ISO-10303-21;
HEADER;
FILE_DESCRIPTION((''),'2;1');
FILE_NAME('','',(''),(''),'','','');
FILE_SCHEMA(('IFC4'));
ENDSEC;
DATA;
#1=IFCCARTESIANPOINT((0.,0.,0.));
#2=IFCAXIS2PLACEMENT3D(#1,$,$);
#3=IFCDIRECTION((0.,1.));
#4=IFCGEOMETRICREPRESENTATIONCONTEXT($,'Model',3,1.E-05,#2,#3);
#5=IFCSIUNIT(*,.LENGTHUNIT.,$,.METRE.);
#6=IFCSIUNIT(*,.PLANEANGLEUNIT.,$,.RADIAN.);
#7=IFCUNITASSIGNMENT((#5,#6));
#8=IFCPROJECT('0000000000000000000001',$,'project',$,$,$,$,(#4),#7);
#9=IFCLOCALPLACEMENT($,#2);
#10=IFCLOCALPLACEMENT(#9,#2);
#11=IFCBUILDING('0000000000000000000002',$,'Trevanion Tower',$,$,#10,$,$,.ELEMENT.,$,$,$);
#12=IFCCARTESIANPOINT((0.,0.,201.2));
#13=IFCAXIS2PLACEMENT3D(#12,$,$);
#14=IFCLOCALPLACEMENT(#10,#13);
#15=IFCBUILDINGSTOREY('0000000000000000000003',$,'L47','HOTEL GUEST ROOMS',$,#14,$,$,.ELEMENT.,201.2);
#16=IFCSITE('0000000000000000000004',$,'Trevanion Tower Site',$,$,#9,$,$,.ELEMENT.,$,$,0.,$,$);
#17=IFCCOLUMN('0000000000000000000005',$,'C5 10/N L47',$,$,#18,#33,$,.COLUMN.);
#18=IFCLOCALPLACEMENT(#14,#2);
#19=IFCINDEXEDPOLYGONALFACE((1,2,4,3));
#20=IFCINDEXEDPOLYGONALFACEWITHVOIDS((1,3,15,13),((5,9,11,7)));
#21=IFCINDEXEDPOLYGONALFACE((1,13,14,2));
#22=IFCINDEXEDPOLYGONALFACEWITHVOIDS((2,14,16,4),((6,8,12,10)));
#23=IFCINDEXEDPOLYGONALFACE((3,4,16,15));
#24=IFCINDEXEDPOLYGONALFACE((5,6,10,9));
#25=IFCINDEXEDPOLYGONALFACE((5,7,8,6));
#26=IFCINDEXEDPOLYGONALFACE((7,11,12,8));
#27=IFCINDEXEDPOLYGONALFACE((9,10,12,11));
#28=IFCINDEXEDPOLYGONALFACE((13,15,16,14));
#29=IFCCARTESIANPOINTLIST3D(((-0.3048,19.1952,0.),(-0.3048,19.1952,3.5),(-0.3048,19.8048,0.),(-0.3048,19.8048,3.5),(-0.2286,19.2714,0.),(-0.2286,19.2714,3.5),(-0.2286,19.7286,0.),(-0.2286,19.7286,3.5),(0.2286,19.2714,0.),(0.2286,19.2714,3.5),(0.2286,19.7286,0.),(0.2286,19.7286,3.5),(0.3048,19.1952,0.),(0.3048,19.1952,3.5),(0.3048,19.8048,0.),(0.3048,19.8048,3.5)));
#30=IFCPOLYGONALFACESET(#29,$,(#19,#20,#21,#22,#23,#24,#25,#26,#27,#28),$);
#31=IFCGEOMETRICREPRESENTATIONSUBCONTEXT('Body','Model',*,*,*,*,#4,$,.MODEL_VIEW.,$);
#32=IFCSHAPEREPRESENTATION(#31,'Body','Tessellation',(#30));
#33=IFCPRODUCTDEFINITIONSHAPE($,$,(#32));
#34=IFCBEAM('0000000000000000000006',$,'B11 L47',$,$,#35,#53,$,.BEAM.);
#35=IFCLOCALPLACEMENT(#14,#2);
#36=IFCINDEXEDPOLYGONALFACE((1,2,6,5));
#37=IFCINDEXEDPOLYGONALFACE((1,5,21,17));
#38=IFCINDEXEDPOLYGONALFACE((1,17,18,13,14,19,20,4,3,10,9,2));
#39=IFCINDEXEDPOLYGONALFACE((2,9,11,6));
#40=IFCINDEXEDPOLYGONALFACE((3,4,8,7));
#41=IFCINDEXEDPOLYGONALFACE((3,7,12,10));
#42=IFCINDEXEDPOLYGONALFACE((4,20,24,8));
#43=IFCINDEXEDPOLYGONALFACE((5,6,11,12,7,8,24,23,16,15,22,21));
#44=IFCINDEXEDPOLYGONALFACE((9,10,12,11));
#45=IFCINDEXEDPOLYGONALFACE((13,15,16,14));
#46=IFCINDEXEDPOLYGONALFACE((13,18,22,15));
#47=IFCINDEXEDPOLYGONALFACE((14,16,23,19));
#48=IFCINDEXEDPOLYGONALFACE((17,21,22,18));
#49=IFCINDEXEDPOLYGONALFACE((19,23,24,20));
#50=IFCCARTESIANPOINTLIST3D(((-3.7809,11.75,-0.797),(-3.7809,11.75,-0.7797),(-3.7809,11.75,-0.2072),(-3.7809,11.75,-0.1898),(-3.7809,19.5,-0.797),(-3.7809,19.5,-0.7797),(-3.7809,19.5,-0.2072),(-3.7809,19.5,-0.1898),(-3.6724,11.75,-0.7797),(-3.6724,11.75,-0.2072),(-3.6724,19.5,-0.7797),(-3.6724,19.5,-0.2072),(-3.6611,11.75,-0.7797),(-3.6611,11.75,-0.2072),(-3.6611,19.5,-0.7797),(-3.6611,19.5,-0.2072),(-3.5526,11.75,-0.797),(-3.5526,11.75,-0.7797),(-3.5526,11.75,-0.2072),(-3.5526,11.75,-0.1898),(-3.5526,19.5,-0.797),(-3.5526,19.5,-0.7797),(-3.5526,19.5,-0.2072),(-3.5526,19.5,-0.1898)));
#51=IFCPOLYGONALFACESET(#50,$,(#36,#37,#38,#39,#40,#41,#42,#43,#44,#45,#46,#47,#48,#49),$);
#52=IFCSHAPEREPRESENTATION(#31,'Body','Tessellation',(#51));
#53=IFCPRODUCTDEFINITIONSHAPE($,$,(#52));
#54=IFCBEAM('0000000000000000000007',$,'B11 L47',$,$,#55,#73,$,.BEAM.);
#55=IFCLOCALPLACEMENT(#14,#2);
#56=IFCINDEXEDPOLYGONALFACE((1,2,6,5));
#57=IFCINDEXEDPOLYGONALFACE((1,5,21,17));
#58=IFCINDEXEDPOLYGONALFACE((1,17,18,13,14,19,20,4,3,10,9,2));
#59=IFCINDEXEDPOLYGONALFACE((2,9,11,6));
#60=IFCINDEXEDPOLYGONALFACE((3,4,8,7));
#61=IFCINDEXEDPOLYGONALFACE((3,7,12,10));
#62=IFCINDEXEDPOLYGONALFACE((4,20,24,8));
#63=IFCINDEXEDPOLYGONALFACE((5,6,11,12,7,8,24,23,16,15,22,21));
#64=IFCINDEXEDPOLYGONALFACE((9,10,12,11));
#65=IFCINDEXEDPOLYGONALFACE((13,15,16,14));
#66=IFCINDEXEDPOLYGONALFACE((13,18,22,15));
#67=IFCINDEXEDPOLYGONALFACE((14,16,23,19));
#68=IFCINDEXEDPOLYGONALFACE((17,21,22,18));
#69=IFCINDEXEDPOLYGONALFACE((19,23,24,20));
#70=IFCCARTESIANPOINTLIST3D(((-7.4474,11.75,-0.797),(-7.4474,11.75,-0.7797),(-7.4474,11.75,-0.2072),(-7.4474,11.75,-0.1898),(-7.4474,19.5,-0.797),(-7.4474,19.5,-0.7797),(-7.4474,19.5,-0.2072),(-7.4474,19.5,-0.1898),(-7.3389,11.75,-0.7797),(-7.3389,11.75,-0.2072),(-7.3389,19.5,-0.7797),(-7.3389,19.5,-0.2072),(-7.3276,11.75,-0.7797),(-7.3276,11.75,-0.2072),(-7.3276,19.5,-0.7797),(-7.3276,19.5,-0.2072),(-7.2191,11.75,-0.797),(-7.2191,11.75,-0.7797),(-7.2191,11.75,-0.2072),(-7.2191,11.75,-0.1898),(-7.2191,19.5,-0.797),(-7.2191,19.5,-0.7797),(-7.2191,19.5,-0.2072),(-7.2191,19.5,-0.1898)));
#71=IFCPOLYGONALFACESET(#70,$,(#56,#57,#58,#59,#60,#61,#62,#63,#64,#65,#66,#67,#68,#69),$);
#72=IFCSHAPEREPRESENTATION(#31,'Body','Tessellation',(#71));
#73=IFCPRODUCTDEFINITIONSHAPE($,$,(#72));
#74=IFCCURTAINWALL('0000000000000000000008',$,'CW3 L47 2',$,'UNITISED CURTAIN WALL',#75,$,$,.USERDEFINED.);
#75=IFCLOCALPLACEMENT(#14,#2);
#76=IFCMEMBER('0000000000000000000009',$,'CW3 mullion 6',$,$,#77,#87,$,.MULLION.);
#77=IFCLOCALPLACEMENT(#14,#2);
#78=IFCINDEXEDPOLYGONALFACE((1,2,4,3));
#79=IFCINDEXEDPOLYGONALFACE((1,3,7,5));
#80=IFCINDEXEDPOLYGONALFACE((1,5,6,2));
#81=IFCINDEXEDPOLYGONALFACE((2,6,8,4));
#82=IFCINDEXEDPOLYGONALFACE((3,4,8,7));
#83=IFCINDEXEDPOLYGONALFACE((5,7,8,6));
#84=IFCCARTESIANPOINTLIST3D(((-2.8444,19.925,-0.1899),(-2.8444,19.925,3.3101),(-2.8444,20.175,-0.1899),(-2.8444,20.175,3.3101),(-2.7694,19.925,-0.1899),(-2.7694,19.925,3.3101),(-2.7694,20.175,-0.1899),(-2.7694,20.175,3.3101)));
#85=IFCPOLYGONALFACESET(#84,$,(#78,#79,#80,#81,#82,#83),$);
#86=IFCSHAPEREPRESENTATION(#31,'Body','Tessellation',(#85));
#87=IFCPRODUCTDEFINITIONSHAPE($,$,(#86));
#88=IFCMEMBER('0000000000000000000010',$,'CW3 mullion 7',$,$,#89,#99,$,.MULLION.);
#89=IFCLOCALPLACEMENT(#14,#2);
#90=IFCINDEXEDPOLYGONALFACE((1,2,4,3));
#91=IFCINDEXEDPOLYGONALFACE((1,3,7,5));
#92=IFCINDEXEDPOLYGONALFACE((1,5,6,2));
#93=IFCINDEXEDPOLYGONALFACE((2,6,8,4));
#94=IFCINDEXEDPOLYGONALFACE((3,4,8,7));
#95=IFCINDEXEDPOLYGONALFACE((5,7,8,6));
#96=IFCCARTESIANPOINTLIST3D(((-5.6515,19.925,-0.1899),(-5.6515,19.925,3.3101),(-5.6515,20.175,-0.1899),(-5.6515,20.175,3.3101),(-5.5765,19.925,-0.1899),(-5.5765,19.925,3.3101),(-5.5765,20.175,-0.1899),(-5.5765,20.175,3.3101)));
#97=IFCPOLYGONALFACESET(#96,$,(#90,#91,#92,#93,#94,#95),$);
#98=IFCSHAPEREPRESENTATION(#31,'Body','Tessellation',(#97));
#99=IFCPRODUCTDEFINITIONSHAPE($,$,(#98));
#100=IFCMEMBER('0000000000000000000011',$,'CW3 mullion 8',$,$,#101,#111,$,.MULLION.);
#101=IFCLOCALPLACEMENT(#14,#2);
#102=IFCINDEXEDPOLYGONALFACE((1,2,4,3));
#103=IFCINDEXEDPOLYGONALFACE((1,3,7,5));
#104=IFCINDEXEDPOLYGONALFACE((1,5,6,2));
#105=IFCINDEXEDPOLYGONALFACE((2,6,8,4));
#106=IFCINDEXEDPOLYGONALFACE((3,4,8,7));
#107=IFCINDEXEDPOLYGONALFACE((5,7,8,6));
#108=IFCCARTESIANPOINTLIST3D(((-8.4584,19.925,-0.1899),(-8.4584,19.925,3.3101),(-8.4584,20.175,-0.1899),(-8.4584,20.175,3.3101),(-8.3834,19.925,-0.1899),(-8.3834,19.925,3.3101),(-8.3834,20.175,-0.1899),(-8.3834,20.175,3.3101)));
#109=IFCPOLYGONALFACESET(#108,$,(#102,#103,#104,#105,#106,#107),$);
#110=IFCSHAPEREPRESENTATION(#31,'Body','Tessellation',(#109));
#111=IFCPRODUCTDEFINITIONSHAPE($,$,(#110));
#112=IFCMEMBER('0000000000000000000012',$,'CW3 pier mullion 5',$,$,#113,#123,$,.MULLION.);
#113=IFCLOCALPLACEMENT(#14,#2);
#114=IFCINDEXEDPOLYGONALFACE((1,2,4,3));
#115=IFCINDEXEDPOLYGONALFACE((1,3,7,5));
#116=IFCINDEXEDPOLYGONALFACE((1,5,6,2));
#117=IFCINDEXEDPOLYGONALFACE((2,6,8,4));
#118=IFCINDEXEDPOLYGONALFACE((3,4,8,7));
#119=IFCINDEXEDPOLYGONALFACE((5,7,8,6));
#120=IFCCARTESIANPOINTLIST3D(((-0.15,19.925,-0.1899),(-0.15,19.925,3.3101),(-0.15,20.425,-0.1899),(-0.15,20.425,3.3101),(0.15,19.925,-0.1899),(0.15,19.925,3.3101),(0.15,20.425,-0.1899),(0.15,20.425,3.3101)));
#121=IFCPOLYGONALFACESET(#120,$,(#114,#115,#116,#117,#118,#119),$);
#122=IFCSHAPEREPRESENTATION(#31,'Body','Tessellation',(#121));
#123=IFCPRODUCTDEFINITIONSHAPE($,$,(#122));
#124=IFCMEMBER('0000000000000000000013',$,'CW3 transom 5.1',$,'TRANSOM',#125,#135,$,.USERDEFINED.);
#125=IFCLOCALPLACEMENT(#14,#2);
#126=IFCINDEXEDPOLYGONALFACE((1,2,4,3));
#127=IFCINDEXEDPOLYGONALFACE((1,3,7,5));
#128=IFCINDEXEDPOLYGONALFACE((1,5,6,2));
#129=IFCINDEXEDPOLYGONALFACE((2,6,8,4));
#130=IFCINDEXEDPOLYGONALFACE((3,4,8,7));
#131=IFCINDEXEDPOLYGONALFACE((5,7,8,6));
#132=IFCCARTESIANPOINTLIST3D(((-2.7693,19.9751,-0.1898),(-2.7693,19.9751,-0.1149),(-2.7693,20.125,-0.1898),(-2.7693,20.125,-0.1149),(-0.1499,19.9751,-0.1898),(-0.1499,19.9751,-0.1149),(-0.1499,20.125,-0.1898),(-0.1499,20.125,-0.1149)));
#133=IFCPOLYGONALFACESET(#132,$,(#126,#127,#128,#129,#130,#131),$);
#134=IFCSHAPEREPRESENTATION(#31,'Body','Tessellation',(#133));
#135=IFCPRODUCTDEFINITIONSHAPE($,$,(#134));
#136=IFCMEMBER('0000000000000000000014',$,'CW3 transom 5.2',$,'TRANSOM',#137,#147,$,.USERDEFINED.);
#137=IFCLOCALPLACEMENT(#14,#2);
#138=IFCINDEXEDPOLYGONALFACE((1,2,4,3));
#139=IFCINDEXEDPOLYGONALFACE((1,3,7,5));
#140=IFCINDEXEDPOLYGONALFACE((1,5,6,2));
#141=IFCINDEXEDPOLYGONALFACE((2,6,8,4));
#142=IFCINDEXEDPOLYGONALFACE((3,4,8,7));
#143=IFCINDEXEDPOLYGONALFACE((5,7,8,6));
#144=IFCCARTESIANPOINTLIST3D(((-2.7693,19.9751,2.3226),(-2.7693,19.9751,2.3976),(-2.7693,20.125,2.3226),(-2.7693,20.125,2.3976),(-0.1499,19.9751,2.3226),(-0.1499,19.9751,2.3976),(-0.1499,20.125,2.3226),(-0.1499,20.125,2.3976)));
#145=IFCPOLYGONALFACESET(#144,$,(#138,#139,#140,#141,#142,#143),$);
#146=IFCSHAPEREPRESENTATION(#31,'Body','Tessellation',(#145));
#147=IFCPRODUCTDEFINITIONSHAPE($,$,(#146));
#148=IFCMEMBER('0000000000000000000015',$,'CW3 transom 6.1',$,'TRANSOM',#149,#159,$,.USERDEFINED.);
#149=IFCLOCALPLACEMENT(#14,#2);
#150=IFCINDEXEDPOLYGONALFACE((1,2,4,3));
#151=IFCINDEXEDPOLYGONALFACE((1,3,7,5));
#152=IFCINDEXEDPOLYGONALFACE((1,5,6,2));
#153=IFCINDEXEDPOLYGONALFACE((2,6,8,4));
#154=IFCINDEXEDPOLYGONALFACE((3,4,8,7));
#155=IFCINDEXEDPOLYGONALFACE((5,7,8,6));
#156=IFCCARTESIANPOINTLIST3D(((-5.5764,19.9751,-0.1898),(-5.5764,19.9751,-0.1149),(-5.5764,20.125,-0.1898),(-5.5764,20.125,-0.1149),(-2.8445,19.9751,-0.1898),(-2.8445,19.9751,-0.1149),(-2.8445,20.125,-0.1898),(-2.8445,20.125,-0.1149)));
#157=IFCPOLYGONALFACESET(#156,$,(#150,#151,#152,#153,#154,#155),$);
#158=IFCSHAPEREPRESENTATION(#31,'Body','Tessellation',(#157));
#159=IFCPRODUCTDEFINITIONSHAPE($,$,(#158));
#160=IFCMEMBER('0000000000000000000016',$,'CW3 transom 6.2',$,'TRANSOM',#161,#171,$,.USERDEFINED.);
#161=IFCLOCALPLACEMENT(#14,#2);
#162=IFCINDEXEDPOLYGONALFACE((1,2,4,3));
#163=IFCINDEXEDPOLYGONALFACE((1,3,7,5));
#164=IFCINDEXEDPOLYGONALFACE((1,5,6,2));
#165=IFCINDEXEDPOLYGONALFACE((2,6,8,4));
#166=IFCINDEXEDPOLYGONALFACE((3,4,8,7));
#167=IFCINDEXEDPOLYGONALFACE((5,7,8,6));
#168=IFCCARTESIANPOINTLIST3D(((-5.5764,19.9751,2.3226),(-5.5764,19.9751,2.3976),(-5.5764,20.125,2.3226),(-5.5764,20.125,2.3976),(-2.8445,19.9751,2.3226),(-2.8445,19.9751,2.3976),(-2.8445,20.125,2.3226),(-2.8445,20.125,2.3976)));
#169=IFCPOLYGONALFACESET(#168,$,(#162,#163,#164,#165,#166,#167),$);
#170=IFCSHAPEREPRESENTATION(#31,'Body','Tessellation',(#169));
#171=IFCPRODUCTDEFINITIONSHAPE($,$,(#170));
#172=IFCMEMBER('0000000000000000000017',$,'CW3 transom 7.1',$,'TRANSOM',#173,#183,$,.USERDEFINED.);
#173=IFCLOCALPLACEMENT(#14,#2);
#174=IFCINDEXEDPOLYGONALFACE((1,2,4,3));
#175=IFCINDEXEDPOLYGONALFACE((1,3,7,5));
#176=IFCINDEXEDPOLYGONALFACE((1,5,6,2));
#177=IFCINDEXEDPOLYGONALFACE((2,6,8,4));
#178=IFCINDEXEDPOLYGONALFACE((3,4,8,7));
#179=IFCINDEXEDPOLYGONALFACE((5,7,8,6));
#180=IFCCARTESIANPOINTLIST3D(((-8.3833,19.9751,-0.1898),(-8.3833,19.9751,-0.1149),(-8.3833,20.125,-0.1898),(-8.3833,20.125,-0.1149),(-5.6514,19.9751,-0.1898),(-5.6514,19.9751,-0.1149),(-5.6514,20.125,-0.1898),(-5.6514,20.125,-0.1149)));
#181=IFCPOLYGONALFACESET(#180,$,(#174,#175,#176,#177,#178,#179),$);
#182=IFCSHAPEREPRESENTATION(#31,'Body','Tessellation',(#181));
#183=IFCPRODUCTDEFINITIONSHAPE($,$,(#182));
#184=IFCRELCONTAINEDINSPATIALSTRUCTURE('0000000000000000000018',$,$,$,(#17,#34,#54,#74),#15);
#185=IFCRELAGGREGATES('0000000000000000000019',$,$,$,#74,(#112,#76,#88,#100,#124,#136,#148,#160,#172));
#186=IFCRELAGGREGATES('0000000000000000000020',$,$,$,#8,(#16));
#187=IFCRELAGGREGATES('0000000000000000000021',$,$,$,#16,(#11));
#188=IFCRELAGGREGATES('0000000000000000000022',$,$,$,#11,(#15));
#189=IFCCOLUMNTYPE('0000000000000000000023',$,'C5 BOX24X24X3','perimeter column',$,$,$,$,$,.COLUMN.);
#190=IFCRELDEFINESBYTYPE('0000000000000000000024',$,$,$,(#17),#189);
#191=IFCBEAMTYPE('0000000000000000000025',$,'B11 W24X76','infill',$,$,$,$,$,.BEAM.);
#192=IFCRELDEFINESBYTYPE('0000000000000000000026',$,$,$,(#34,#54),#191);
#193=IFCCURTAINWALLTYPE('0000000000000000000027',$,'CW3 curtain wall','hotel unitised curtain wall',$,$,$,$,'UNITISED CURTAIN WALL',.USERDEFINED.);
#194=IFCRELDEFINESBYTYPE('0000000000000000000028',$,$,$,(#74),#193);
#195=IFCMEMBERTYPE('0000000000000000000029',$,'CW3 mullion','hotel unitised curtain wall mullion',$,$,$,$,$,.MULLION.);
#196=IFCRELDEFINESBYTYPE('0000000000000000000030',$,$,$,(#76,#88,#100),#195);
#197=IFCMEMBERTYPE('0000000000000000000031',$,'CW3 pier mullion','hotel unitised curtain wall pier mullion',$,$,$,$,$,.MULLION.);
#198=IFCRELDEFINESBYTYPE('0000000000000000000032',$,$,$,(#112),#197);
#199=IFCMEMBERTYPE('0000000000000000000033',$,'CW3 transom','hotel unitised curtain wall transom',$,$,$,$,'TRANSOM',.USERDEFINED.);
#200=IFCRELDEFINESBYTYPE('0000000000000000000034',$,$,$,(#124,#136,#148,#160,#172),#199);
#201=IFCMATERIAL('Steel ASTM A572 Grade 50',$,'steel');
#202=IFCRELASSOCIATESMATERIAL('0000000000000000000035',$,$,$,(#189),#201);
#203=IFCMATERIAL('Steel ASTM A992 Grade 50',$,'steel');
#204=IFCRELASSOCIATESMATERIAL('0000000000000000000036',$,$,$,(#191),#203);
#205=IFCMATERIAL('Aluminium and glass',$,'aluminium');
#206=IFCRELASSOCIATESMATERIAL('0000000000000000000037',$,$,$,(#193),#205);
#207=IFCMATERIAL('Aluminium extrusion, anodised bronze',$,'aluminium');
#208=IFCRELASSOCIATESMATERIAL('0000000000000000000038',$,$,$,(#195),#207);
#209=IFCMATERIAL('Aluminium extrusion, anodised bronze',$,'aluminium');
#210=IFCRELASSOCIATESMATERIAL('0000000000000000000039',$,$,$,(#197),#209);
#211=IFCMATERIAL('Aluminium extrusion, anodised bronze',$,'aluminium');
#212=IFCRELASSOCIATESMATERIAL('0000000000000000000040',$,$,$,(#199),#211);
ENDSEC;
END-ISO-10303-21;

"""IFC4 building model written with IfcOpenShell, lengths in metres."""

from ifc_helpers import new_model, si_unit, direction, frame, origin, origin_2d, place, context, subcontext, project, spatial, rectangle, hollow_rectangle, i_section, extrude, material, material_profile, profile_set, type_object, element, aggregate, save


model = new_model("IFC4")

# Units and contexts
model_context = context("Model", 3, precision=1e-05, world=origin(), true_north=direction((0.0, 1.0)))
body_context = subcontext(model_context, "Body", "Model", "MODEL_VIEW")
ifc_project = project(units=[si_unit("LENGTHUNIT", "METRE"), si_unit("PLANEANGLEUNIT", "RADIAN")], contexts=[model_context])

# Site, building, storey
site_placement = place(None, origin())
site = spatial("IfcSite", under=ifc_project, at=site_placement, Name="Trevanion Tower Site", CompositionType="ELEMENT", RefElevation=0.0)
building_placement = place(site_placement, origin())
building = spatial("IfcBuilding", under=site, at=building_placement, Name="Trevanion Tower", CompositionType="ELEMENT")
storey_placement = place(building_placement, frame((0.0, 0.0, 201.2)))
storey = spatial("IfcBuildingStorey", under=building, at=storey_placement, Name="L47", Description="HOTEL GUEST ROOMS", CompositionType="ELEMENT", Elevation=201.2)

# Column
ifc_material_1 = material(Name="Steel ASTM A572 Grade 50", Category="steel")
ifc_material_profile_1 = material_profile(ifc_material_1, hollow_rectangle(XDim=0.6096, YDim=0.6096, WallThickness=0.0762, at=origin_2d()), Name="BOX24X24X3")
ifc_profile_set_1 = profile_set([ifc_material_profile_1], Name="Steel ASTM A572 Grade 50")
column_type = type_object("IfcColumnType", Name="C5 BOX24X24X3", Description="perimeter column", PredefinedType="COLUMN", material=ifc_profile_set_1)
column_placement = place(storey_placement, frame((0.0, 19.5, 0.0), z_axis=(0.0, 0.0, 1.0), x_axis=(1.0, 0.0, 0.0)))
element("IfcColumn", 1, at=column_placement, inside=storey, type_object=column_type, Name="C5 10/N L47", PredefinedType="COLUMN", context=body_context, shape_type="SweptSolid", body=[
    extrude(hollow_rectangle(XDim=0.6096, YDim=0.6096, WallThickness=0.0762, at=origin_2d()), origin(), (0.0, 0.0, 1.0), 3.5),
])

# Beams
ifc_material_2 = material(Name="Steel ASTM A992 Grade 50", Category="steel")
ifc_material_profile_2 = material_profile(ifc_material_2, i_section(OverallWidth=0.2283, OverallDepth=0.6072, WebThickness=0.0112, FlangeThickness=0.0173, at=origin_2d()), Name="W24X76")
ifc_profile_set_2 = profile_set([ifc_material_profile_2], Name="Steel ASTM A992 Grade 50")
beam_type_1 = type_object("IfcBeamType", Name="B11 W24X76", Description="infill", PredefinedType="BEAM", material=ifc_profile_set_2)
for number, where, z_axis, x_axis, name in (
    (2, (-3.6667, 11.75, -0.4934), (0.0, 1.0, 0.0), (-1.0, 0.0, 0.0), "B11 L47"),
    (3, (-7.3333, 11.75, -0.4934), (0.0, 1.0, 0.0), (-1.0, 0.0, 0.0), "B11 L47"),
):
    element("IfcBeam", number, at=place(storey_placement, frame(where, z_axis=z_axis, x_axis=x_axis)), inside=storey, type_object=beam_type_1, Name=name, PredefinedType="BEAM", context=body_context, shape_type="SweptSolid", body=[
        extrude(i_section(OverallWidth=0.2283, OverallDepth=0.6072, WebThickness=0.0112, FlangeThickness=0.0173, at=origin_2d()), origin(), (0.0, 0.0, 1.0), 7.75),
    ])

# Curtain wall, members
ifc_material_3 = material(Name="Aluminium and glass", Category="aluminium")
curtain_wall_type = type_object("IfcCurtainWallType", Name="CW3 curtain wall", Description="hotel unitised curtain wall", ElementType="UNITISED CURTAIN WALL", PredefinedType="USERDEFINED", material=ifc_material_3)
curtain_wall_placement = place(storey_placement, origin())
curtain_wall = element("IfcCurtainWall", 4, at=curtain_wall_placement, inside=storey, type_object=curtain_wall_type, Name="CW3 L47 2", ObjectType="UNITISED CURTAIN WALL", PredefinedType="USERDEFINED")
ifc_material_4 = material(Name="Aluminium extrusion, anodised bronze", Category="aluminium")
ifc_material_profile_3 = material_profile(ifc_material_4, rectangle(XDim=0.075, YDim=0.25, at=origin_2d()), Name="CW3 mullion")
ifc_profile_set_3 = profile_set([ifc_material_profile_3], Name="Aluminium extrusion, anodised bronze")
member_type_1 = type_object("IfcMemberType", Name="CW3 mullion", Description="hotel unitised curtain wall mullion", PredefinedType="MULLION", material=ifc_profile_set_3)
member_1_placement = place(storey_placement, frame((-2.8069, 20.05, -0.1899), z_axis=(0.0, 0.0, 1.0), x_axis=(-1.0, 0.0, 0.0)))
member_1 = element("IfcMember", 5, at=member_1_placement, type_object=member_type_1, Name="CW3 mullion 6", PredefinedType="MULLION", context=body_context, shape_type="SweptSolid", body=[
    extrude(rectangle(XDim=0.075, YDim=0.25, at=origin_2d()), origin(), (0.0, 0.0, 1.0), 3.5),
])
member_2_placement = place(storey_placement, frame((-5.614, 20.05, -0.1899), z_axis=(0.0, 0.0, 1.0), x_axis=(-1.0, 0.0, 0.0)))
member_2 = element("IfcMember", 6, at=member_2_placement, type_object=member_type_1, Name="CW3 mullion 7", PredefinedType="MULLION", context=body_context, shape_type="SweptSolid", body=[
    extrude(rectangle(XDim=0.075, YDim=0.25, at=origin_2d()), origin(), (0.0, 0.0, 1.0), 3.5),
])
member_3_placement = place(storey_placement, frame((-8.4209, 20.05, -0.1899), z_axis=(0.0, 0.0, 1.0), x_axis=(-1.0, 0.0, 0.0)))
member_3 = element("IfcMember", 7, at=member_3_placement, type_object=member_type_1, Name="CW3 mullion 8", PredefinedType="MULLION", context=body_context, shape_type="SweptSolid", body=[
    extrude(rectangle(XDim=0.075, YDim=0.25, at=origin_2d()), origin(), (0.0, 0.0, 1.0), 3.5),
])
ifc_material_5 = material(Name="Aluminium extrusion, anodised bronze", Category="aluminium")
ifc_material_profile_4 = material_profile(ifc_material_5, rectangle(XDim=0.3, YDim=0.5, at=origin_2d()), Name="CW3 pier mullion")
ifc_profile_set_4 = profile_set([ifc_material_profile_4], Name="Aluminium extrusion, anodised bronze")
member_type_2 = type_object("IfcMemberType", Name="CW3 pier mullion", Description="hotel unitised curtain wall pier mullion", PredefinedType="MULLION", material=ifc_profile_set_4)
member_4_placement = place(storey_placement, frame((0.0, 20.175, -0.1899), z_axis=(0.0, 0.0, 1.0), x_axis=(-1.0, 0.0, 0.0)))
member_4 = element("IfcMember", 8, at=member_4_placement, type_object=member_type_2, Name="CW3 pier mullion 5", PredefinedType="MULLION", context=body_context, shape_type="SweptSolid", body=[
    extrude(rectangle(XDim=0.3, YDim=0.5, at=origin_2d()), origin(), (0.0, 0.0, 1.0), 3.5),
])
ifc_material_6 = material(Name="Aluminium extrusion, anodised bronze", Category="aluminium")
ifc_material_profile_5 = material_profile(ifc_material_6, rectangle(XDim=0.1499, YDim=0.075, at=origin_2d()), Name="CW3 transom")
ifc_profile_set_5 = profile_set([ifc_material_profile_5], Name="Aluminium extrusion, anodised bronze")
member_type_3 = type_object("IfcMemberType", Name="CW3 transom", Description="hotel unitised curtain wall transom", ElementType="TRANSOM", PredefinedType="USERDEFINED", material=ifc_profile_set_5)
member_5_placement = place(storey_placement, frame((-0.1499, 20.05, -0.1523), z_axis=(-1.0, 0.0, 0.0), x_axis=(0.0, -1.0, 0.0)))
member_5 = element("IfcMember", 9, at=member_5_placement, type_object=member_type_3, Name="CW3 transom 5.1", ObjectType="TRANSOM", PredefinedType="USERDEFINED", context=body_context, shape_type="SweptSolid", body=[
    extrude(rectangle(XDim=0.1499, YDim=0.075, at=origin_2d()), origin(), (0.0, 0.0, 1.0), 2.6194),
])
member_6_placement = place(storey_placement, frame((-0.1499, 20.05, 2.3601), z_axis=(-1.0, 0.0, 0.0), x_axis=(0.0, -1.0, 0.0)))
member_6 = element("IfcMember", 10, at=member_6_placement, type_object=member_type_3, Name="CW3 transom 5.2", ObjectType="TRANSOM", PredefinedType="USERDEFINED", context=body_context, shape_type="SweptSolid", body=[
    extrude(rectangle(XDim=0.1499, YDim=0.075, at=origin_2d()), origin(), (0.0, 0.0, 1.0), 2.6194),
])
member_7_placement = place(storey_placement, frame((-2.8445, 20.05, -0.1523), z_axis=(-1.0, 0.0, 0.0), x_axis=(0.0, -1.0, 0.0)))
member_7 = element("IfcMember", 11, at=member_7_placement, type_object=member_type_3, Name="CW3 transom 6.1", ObjectType="TRANSOM", PredefinedType="USERDEFINED", context=body_context, shape_type="SweptSolid", body=[
    extrude(rectangle(XDim=0.1499, YDim=0.075, at=origin_2d()), origin(), (0.0, 0.0, 1.0), 2.7319),
])
member_8_placement = place(storey_placement, frame((-2.8445, 20.05, 2.3601), z_axis=(-1.0, 0.0, 0.0), x_axis=(0.0, -1.0, 0.0)))
member_8 = element("IfcMember", 12, at=member_8_placement, type_object=member_type_3, Name="CW3 transom 6.2", ObjectType="TRANSOM", PredefinedType="USERDEFINED", context=body_context, shape_type="SweptSolid", body=[
    extrude(rectangle(XDim=0.1499, YDim=0.075, at=origin_2d()), origin(), (0.0, 0.0, 1.0), 2.7319),
])
member_9_placement = place(storey_placement, frame((-5.6514, 20.05, -0.1523), z_axis=(-1.0, 0.0, 0.0), x_axis=(0.0, -1.0, 0.0)))
member_9 = element("IfcMember", 13, at=member_9_placement, type_object=member_type_3, Name="CW3 transom 7.1", ObjectType="TRANSOM", PredefinedType="USERDEFINED", context=body_context, shape_type="SweptSolid", body=[
    extrude(rectangle(XDim=0.1499, YDim=0.075, at=origin_2d()), origin(), (0.0, 0.0, 1.0), 2.7319),
])

aggregate(curtain_wall, [member_4, member_1, member_2, member_3, member_5, member_6, member_7, member_8, member_9])

save(model, "model.ifc")
